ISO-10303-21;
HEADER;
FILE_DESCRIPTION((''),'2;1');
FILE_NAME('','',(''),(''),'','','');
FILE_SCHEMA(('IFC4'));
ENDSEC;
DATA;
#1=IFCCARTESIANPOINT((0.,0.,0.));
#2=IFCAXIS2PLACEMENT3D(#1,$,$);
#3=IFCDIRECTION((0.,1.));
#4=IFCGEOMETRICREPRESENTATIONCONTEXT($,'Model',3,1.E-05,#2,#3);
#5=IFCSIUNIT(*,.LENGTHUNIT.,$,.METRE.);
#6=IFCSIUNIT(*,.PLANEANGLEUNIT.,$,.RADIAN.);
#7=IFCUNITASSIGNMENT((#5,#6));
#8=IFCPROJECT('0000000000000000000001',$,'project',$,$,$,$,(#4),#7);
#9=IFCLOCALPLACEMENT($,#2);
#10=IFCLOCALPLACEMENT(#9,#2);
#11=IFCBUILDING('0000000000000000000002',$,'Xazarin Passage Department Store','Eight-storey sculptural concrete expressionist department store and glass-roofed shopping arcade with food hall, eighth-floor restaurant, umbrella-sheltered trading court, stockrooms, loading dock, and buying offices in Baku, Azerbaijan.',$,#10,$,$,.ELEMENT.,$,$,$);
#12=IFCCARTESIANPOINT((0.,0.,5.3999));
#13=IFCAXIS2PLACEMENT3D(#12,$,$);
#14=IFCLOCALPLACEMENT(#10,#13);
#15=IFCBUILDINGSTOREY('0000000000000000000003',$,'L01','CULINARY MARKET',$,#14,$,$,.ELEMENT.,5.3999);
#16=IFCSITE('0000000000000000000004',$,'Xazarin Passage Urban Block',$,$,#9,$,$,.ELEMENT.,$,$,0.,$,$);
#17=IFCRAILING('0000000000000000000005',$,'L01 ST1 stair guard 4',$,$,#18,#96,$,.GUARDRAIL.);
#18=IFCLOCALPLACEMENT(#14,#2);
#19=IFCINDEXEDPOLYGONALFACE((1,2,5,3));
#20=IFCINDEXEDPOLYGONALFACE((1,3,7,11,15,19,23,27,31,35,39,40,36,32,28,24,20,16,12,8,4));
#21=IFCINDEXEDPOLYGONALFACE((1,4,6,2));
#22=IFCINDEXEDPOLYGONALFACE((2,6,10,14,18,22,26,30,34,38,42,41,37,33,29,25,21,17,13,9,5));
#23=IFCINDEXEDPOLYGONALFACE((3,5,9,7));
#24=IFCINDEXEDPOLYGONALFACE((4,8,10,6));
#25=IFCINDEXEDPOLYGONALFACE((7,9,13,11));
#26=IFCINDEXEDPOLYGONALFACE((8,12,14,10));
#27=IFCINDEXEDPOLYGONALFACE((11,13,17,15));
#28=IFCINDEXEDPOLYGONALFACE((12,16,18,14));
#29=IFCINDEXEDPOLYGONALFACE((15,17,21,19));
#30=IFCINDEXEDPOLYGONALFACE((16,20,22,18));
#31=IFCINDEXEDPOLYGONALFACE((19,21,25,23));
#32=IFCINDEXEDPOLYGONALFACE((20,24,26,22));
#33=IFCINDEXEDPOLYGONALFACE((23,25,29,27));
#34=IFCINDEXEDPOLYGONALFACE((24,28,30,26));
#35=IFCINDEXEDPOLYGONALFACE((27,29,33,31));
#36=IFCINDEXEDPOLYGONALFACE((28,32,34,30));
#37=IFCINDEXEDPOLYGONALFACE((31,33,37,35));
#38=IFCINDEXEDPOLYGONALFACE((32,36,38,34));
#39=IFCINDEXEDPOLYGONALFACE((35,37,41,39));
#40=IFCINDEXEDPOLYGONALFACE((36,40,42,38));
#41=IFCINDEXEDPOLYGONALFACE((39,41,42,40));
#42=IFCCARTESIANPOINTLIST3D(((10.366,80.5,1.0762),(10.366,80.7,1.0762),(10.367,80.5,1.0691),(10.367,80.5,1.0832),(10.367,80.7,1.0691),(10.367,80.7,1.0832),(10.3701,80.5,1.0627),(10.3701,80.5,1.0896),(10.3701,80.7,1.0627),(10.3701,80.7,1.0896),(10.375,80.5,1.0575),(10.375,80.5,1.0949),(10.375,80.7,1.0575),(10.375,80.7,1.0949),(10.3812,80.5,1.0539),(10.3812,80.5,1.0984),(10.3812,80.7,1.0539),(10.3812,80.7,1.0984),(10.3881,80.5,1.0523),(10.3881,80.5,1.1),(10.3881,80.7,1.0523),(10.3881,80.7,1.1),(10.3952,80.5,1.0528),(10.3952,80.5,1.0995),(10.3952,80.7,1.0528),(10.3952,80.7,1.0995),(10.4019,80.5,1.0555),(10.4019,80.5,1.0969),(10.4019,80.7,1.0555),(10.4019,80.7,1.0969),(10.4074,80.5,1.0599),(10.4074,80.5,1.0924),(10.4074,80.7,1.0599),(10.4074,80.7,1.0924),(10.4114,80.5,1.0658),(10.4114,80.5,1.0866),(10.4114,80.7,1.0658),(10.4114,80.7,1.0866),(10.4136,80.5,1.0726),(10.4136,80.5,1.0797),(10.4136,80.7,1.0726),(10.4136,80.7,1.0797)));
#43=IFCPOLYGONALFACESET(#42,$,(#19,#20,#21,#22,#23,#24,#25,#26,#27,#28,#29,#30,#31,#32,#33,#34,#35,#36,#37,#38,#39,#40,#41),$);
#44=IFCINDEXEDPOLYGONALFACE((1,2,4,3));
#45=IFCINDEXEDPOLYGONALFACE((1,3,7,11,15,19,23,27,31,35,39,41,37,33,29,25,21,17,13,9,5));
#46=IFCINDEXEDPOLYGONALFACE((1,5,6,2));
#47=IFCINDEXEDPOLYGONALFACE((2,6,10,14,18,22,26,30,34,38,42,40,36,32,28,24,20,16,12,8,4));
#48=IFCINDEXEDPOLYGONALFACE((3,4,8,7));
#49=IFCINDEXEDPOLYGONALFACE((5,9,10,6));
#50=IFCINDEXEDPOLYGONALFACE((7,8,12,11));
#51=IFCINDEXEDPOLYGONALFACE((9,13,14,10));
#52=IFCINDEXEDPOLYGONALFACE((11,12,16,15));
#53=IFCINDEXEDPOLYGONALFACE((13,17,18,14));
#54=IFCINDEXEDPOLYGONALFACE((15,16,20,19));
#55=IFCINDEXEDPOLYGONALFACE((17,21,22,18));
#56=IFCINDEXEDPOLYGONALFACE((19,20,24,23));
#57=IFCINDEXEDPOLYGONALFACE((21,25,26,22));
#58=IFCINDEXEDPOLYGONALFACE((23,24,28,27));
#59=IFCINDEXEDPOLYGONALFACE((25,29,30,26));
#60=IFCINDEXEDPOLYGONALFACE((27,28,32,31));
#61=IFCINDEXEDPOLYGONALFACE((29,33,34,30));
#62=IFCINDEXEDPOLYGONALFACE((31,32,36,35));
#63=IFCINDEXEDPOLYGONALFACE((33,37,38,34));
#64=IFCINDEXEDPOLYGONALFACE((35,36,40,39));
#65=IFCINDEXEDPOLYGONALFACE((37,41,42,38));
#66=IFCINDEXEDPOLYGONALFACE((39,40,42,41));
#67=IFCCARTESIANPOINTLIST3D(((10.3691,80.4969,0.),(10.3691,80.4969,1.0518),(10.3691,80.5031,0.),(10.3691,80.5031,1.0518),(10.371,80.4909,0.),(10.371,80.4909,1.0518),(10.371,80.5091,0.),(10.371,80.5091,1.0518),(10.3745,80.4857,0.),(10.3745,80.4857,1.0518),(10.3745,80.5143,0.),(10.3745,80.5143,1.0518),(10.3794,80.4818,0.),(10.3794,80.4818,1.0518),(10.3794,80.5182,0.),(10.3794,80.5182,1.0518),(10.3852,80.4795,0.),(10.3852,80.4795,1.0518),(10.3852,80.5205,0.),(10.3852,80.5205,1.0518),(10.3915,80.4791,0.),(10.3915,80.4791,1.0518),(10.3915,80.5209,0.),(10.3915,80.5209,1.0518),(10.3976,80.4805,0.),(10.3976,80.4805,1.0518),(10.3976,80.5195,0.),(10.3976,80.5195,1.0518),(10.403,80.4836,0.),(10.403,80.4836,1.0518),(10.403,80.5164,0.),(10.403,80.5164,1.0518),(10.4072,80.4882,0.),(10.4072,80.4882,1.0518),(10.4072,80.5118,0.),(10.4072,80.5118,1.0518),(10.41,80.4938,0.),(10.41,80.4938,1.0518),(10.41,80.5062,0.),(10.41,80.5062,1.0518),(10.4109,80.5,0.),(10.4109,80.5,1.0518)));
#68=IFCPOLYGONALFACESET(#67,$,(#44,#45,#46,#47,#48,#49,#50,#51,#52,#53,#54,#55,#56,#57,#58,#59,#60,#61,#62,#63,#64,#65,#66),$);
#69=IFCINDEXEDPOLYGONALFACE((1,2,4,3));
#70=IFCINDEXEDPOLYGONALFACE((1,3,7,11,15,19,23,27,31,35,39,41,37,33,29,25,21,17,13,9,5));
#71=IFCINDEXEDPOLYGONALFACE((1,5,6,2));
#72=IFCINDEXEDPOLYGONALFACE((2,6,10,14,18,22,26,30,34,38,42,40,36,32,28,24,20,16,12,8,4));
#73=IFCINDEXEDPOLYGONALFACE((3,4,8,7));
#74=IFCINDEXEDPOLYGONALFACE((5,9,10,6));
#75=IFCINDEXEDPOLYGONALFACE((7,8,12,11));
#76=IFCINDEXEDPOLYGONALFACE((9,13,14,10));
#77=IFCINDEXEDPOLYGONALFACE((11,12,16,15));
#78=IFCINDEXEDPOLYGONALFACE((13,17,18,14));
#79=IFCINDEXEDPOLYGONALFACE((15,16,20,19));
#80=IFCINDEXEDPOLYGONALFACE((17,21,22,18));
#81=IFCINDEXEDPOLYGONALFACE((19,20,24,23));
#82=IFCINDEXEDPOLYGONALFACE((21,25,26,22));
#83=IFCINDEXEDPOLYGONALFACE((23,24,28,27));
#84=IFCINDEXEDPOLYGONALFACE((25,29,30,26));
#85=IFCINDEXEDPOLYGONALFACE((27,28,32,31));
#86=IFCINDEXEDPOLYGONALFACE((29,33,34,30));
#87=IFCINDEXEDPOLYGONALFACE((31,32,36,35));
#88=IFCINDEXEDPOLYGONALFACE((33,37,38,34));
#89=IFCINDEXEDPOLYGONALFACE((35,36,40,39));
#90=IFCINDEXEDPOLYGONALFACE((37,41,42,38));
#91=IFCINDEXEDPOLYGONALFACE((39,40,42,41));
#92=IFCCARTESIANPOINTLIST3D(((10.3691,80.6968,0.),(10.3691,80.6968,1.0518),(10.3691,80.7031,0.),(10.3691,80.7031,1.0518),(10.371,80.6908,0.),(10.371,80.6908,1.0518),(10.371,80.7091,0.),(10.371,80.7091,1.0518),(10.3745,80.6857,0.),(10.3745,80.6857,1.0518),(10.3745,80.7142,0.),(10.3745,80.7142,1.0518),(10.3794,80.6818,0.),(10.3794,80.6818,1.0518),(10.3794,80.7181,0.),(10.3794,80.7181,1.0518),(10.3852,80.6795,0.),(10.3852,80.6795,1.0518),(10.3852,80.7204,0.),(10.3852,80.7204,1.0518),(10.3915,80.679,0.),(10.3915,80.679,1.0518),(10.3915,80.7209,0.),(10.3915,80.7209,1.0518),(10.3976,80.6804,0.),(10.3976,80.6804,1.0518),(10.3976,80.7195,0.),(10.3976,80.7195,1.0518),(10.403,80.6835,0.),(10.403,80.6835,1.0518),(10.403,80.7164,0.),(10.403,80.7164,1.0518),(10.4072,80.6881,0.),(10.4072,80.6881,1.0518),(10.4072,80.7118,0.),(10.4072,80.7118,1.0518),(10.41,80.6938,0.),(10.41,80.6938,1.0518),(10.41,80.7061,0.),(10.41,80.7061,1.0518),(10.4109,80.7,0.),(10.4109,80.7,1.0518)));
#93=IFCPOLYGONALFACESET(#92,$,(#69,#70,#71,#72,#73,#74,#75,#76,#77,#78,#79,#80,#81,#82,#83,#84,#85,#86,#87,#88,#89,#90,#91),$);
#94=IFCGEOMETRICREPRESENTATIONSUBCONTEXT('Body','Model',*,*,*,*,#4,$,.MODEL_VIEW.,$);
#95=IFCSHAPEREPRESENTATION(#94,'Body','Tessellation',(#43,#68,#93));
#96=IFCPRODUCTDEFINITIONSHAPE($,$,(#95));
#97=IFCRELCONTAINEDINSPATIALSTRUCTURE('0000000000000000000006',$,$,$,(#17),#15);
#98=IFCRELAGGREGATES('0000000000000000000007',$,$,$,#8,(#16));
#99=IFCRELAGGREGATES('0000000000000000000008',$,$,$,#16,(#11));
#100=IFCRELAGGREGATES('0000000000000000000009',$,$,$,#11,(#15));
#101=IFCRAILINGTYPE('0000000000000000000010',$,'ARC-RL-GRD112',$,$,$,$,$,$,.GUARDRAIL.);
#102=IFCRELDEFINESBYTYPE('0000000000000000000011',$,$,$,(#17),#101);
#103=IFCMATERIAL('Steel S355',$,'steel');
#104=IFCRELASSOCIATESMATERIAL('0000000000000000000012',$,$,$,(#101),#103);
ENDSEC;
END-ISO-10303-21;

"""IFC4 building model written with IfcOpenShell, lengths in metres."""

from ifc_helpers import new_model, si_unit, direction, frame, origin, origin_2d, place, context, subcontext, project, spatial, circle, extrude, material, type_object, element, save


model = new_model("IFC4")

# Units and contexts
model_context = context("Model", 3, precision=1e-05, world=origin(), true_north=direction((0.0, 1.0)))
body_context = subcontext(model_context, "Body", "Model", "MODEL_VIEW")
ifc_project = project(units=[si_unit("LENGTHUNIT", "METRE"), si_unit("PLANEANGLEUNIT", "RADIAN")], contexts=[model_context])

# Site, building, storey
site_placement = place(None, origin())
site = spatial("IfcSite", under=ifc_project, at=site_placement, Name="Xazarin Passage Urban Block", CompositionType="ELEMENT", RefElevation=0.0)
building_placement = place(site_placement, origin())
building = spatial("IfcBuilding", under=site, at=building_placement, Name="Xazarin Passage Department Store", Description="Eight-storey sculptural concrete expressionist department store and glass-roofed shopping arcade with food hall, eighth-floor restaurant, umbrella-sheltered trading court, stockrooms, loading dock, and buying offices in Baku, Azerbaijan.", CompositionType="ELEMENT")
storey_placement = place(building_placement, frame((0.0, 0.0, 5.3999)))
storey = spatial("IfcBuildingStorey", under=building, at=storey_placement, Name="L01", Description="CULINARY MARKET", CompositionType="ELEMENT", Elevation=5.3999)

# Shared definitions
ifc_material_1 = material(Name="Steel S355", Category="steel")

# Railing
railing_type_1 = type_object("IfcRailingType", Name="ARC-RL-GRD112", PredefinedType="GUARDRAIL", material=ifc_material_1)
railing_1_placement = place(storey_placement, frame((10.3899, 80.5, 0.0)))
element("IfcRailing", 1, at=railing_1_placement, inside=storey, type_object=railing_type_1, Name="L01 ST1 stair guard 4", PredefinedType="GUARDRAIL", context=body_context, shape_type="SweptSolid", body=[
    extrude(circle(Radius=0.0239, at=origin_2d()), frame((0.0, 0.0, 1.0762), z_axis=(0.0, 1.0, 0.0), x_axis=(-1.0, 0.0, 0.0)), (0.0, 0.0, 1.0), 0.2),
    extrude(circle(Radius=0.021, at=origin_2d()), origin(), (0.0, 0.0, 1.0), 1.0518),
    extrude(circle(Radius=0.021, at=origin_2d()), frame((0.0, 0.2, 0.0)), (0.0, 0.0, 1.0), 1.0518),
])

save(model, "model.ifc")
